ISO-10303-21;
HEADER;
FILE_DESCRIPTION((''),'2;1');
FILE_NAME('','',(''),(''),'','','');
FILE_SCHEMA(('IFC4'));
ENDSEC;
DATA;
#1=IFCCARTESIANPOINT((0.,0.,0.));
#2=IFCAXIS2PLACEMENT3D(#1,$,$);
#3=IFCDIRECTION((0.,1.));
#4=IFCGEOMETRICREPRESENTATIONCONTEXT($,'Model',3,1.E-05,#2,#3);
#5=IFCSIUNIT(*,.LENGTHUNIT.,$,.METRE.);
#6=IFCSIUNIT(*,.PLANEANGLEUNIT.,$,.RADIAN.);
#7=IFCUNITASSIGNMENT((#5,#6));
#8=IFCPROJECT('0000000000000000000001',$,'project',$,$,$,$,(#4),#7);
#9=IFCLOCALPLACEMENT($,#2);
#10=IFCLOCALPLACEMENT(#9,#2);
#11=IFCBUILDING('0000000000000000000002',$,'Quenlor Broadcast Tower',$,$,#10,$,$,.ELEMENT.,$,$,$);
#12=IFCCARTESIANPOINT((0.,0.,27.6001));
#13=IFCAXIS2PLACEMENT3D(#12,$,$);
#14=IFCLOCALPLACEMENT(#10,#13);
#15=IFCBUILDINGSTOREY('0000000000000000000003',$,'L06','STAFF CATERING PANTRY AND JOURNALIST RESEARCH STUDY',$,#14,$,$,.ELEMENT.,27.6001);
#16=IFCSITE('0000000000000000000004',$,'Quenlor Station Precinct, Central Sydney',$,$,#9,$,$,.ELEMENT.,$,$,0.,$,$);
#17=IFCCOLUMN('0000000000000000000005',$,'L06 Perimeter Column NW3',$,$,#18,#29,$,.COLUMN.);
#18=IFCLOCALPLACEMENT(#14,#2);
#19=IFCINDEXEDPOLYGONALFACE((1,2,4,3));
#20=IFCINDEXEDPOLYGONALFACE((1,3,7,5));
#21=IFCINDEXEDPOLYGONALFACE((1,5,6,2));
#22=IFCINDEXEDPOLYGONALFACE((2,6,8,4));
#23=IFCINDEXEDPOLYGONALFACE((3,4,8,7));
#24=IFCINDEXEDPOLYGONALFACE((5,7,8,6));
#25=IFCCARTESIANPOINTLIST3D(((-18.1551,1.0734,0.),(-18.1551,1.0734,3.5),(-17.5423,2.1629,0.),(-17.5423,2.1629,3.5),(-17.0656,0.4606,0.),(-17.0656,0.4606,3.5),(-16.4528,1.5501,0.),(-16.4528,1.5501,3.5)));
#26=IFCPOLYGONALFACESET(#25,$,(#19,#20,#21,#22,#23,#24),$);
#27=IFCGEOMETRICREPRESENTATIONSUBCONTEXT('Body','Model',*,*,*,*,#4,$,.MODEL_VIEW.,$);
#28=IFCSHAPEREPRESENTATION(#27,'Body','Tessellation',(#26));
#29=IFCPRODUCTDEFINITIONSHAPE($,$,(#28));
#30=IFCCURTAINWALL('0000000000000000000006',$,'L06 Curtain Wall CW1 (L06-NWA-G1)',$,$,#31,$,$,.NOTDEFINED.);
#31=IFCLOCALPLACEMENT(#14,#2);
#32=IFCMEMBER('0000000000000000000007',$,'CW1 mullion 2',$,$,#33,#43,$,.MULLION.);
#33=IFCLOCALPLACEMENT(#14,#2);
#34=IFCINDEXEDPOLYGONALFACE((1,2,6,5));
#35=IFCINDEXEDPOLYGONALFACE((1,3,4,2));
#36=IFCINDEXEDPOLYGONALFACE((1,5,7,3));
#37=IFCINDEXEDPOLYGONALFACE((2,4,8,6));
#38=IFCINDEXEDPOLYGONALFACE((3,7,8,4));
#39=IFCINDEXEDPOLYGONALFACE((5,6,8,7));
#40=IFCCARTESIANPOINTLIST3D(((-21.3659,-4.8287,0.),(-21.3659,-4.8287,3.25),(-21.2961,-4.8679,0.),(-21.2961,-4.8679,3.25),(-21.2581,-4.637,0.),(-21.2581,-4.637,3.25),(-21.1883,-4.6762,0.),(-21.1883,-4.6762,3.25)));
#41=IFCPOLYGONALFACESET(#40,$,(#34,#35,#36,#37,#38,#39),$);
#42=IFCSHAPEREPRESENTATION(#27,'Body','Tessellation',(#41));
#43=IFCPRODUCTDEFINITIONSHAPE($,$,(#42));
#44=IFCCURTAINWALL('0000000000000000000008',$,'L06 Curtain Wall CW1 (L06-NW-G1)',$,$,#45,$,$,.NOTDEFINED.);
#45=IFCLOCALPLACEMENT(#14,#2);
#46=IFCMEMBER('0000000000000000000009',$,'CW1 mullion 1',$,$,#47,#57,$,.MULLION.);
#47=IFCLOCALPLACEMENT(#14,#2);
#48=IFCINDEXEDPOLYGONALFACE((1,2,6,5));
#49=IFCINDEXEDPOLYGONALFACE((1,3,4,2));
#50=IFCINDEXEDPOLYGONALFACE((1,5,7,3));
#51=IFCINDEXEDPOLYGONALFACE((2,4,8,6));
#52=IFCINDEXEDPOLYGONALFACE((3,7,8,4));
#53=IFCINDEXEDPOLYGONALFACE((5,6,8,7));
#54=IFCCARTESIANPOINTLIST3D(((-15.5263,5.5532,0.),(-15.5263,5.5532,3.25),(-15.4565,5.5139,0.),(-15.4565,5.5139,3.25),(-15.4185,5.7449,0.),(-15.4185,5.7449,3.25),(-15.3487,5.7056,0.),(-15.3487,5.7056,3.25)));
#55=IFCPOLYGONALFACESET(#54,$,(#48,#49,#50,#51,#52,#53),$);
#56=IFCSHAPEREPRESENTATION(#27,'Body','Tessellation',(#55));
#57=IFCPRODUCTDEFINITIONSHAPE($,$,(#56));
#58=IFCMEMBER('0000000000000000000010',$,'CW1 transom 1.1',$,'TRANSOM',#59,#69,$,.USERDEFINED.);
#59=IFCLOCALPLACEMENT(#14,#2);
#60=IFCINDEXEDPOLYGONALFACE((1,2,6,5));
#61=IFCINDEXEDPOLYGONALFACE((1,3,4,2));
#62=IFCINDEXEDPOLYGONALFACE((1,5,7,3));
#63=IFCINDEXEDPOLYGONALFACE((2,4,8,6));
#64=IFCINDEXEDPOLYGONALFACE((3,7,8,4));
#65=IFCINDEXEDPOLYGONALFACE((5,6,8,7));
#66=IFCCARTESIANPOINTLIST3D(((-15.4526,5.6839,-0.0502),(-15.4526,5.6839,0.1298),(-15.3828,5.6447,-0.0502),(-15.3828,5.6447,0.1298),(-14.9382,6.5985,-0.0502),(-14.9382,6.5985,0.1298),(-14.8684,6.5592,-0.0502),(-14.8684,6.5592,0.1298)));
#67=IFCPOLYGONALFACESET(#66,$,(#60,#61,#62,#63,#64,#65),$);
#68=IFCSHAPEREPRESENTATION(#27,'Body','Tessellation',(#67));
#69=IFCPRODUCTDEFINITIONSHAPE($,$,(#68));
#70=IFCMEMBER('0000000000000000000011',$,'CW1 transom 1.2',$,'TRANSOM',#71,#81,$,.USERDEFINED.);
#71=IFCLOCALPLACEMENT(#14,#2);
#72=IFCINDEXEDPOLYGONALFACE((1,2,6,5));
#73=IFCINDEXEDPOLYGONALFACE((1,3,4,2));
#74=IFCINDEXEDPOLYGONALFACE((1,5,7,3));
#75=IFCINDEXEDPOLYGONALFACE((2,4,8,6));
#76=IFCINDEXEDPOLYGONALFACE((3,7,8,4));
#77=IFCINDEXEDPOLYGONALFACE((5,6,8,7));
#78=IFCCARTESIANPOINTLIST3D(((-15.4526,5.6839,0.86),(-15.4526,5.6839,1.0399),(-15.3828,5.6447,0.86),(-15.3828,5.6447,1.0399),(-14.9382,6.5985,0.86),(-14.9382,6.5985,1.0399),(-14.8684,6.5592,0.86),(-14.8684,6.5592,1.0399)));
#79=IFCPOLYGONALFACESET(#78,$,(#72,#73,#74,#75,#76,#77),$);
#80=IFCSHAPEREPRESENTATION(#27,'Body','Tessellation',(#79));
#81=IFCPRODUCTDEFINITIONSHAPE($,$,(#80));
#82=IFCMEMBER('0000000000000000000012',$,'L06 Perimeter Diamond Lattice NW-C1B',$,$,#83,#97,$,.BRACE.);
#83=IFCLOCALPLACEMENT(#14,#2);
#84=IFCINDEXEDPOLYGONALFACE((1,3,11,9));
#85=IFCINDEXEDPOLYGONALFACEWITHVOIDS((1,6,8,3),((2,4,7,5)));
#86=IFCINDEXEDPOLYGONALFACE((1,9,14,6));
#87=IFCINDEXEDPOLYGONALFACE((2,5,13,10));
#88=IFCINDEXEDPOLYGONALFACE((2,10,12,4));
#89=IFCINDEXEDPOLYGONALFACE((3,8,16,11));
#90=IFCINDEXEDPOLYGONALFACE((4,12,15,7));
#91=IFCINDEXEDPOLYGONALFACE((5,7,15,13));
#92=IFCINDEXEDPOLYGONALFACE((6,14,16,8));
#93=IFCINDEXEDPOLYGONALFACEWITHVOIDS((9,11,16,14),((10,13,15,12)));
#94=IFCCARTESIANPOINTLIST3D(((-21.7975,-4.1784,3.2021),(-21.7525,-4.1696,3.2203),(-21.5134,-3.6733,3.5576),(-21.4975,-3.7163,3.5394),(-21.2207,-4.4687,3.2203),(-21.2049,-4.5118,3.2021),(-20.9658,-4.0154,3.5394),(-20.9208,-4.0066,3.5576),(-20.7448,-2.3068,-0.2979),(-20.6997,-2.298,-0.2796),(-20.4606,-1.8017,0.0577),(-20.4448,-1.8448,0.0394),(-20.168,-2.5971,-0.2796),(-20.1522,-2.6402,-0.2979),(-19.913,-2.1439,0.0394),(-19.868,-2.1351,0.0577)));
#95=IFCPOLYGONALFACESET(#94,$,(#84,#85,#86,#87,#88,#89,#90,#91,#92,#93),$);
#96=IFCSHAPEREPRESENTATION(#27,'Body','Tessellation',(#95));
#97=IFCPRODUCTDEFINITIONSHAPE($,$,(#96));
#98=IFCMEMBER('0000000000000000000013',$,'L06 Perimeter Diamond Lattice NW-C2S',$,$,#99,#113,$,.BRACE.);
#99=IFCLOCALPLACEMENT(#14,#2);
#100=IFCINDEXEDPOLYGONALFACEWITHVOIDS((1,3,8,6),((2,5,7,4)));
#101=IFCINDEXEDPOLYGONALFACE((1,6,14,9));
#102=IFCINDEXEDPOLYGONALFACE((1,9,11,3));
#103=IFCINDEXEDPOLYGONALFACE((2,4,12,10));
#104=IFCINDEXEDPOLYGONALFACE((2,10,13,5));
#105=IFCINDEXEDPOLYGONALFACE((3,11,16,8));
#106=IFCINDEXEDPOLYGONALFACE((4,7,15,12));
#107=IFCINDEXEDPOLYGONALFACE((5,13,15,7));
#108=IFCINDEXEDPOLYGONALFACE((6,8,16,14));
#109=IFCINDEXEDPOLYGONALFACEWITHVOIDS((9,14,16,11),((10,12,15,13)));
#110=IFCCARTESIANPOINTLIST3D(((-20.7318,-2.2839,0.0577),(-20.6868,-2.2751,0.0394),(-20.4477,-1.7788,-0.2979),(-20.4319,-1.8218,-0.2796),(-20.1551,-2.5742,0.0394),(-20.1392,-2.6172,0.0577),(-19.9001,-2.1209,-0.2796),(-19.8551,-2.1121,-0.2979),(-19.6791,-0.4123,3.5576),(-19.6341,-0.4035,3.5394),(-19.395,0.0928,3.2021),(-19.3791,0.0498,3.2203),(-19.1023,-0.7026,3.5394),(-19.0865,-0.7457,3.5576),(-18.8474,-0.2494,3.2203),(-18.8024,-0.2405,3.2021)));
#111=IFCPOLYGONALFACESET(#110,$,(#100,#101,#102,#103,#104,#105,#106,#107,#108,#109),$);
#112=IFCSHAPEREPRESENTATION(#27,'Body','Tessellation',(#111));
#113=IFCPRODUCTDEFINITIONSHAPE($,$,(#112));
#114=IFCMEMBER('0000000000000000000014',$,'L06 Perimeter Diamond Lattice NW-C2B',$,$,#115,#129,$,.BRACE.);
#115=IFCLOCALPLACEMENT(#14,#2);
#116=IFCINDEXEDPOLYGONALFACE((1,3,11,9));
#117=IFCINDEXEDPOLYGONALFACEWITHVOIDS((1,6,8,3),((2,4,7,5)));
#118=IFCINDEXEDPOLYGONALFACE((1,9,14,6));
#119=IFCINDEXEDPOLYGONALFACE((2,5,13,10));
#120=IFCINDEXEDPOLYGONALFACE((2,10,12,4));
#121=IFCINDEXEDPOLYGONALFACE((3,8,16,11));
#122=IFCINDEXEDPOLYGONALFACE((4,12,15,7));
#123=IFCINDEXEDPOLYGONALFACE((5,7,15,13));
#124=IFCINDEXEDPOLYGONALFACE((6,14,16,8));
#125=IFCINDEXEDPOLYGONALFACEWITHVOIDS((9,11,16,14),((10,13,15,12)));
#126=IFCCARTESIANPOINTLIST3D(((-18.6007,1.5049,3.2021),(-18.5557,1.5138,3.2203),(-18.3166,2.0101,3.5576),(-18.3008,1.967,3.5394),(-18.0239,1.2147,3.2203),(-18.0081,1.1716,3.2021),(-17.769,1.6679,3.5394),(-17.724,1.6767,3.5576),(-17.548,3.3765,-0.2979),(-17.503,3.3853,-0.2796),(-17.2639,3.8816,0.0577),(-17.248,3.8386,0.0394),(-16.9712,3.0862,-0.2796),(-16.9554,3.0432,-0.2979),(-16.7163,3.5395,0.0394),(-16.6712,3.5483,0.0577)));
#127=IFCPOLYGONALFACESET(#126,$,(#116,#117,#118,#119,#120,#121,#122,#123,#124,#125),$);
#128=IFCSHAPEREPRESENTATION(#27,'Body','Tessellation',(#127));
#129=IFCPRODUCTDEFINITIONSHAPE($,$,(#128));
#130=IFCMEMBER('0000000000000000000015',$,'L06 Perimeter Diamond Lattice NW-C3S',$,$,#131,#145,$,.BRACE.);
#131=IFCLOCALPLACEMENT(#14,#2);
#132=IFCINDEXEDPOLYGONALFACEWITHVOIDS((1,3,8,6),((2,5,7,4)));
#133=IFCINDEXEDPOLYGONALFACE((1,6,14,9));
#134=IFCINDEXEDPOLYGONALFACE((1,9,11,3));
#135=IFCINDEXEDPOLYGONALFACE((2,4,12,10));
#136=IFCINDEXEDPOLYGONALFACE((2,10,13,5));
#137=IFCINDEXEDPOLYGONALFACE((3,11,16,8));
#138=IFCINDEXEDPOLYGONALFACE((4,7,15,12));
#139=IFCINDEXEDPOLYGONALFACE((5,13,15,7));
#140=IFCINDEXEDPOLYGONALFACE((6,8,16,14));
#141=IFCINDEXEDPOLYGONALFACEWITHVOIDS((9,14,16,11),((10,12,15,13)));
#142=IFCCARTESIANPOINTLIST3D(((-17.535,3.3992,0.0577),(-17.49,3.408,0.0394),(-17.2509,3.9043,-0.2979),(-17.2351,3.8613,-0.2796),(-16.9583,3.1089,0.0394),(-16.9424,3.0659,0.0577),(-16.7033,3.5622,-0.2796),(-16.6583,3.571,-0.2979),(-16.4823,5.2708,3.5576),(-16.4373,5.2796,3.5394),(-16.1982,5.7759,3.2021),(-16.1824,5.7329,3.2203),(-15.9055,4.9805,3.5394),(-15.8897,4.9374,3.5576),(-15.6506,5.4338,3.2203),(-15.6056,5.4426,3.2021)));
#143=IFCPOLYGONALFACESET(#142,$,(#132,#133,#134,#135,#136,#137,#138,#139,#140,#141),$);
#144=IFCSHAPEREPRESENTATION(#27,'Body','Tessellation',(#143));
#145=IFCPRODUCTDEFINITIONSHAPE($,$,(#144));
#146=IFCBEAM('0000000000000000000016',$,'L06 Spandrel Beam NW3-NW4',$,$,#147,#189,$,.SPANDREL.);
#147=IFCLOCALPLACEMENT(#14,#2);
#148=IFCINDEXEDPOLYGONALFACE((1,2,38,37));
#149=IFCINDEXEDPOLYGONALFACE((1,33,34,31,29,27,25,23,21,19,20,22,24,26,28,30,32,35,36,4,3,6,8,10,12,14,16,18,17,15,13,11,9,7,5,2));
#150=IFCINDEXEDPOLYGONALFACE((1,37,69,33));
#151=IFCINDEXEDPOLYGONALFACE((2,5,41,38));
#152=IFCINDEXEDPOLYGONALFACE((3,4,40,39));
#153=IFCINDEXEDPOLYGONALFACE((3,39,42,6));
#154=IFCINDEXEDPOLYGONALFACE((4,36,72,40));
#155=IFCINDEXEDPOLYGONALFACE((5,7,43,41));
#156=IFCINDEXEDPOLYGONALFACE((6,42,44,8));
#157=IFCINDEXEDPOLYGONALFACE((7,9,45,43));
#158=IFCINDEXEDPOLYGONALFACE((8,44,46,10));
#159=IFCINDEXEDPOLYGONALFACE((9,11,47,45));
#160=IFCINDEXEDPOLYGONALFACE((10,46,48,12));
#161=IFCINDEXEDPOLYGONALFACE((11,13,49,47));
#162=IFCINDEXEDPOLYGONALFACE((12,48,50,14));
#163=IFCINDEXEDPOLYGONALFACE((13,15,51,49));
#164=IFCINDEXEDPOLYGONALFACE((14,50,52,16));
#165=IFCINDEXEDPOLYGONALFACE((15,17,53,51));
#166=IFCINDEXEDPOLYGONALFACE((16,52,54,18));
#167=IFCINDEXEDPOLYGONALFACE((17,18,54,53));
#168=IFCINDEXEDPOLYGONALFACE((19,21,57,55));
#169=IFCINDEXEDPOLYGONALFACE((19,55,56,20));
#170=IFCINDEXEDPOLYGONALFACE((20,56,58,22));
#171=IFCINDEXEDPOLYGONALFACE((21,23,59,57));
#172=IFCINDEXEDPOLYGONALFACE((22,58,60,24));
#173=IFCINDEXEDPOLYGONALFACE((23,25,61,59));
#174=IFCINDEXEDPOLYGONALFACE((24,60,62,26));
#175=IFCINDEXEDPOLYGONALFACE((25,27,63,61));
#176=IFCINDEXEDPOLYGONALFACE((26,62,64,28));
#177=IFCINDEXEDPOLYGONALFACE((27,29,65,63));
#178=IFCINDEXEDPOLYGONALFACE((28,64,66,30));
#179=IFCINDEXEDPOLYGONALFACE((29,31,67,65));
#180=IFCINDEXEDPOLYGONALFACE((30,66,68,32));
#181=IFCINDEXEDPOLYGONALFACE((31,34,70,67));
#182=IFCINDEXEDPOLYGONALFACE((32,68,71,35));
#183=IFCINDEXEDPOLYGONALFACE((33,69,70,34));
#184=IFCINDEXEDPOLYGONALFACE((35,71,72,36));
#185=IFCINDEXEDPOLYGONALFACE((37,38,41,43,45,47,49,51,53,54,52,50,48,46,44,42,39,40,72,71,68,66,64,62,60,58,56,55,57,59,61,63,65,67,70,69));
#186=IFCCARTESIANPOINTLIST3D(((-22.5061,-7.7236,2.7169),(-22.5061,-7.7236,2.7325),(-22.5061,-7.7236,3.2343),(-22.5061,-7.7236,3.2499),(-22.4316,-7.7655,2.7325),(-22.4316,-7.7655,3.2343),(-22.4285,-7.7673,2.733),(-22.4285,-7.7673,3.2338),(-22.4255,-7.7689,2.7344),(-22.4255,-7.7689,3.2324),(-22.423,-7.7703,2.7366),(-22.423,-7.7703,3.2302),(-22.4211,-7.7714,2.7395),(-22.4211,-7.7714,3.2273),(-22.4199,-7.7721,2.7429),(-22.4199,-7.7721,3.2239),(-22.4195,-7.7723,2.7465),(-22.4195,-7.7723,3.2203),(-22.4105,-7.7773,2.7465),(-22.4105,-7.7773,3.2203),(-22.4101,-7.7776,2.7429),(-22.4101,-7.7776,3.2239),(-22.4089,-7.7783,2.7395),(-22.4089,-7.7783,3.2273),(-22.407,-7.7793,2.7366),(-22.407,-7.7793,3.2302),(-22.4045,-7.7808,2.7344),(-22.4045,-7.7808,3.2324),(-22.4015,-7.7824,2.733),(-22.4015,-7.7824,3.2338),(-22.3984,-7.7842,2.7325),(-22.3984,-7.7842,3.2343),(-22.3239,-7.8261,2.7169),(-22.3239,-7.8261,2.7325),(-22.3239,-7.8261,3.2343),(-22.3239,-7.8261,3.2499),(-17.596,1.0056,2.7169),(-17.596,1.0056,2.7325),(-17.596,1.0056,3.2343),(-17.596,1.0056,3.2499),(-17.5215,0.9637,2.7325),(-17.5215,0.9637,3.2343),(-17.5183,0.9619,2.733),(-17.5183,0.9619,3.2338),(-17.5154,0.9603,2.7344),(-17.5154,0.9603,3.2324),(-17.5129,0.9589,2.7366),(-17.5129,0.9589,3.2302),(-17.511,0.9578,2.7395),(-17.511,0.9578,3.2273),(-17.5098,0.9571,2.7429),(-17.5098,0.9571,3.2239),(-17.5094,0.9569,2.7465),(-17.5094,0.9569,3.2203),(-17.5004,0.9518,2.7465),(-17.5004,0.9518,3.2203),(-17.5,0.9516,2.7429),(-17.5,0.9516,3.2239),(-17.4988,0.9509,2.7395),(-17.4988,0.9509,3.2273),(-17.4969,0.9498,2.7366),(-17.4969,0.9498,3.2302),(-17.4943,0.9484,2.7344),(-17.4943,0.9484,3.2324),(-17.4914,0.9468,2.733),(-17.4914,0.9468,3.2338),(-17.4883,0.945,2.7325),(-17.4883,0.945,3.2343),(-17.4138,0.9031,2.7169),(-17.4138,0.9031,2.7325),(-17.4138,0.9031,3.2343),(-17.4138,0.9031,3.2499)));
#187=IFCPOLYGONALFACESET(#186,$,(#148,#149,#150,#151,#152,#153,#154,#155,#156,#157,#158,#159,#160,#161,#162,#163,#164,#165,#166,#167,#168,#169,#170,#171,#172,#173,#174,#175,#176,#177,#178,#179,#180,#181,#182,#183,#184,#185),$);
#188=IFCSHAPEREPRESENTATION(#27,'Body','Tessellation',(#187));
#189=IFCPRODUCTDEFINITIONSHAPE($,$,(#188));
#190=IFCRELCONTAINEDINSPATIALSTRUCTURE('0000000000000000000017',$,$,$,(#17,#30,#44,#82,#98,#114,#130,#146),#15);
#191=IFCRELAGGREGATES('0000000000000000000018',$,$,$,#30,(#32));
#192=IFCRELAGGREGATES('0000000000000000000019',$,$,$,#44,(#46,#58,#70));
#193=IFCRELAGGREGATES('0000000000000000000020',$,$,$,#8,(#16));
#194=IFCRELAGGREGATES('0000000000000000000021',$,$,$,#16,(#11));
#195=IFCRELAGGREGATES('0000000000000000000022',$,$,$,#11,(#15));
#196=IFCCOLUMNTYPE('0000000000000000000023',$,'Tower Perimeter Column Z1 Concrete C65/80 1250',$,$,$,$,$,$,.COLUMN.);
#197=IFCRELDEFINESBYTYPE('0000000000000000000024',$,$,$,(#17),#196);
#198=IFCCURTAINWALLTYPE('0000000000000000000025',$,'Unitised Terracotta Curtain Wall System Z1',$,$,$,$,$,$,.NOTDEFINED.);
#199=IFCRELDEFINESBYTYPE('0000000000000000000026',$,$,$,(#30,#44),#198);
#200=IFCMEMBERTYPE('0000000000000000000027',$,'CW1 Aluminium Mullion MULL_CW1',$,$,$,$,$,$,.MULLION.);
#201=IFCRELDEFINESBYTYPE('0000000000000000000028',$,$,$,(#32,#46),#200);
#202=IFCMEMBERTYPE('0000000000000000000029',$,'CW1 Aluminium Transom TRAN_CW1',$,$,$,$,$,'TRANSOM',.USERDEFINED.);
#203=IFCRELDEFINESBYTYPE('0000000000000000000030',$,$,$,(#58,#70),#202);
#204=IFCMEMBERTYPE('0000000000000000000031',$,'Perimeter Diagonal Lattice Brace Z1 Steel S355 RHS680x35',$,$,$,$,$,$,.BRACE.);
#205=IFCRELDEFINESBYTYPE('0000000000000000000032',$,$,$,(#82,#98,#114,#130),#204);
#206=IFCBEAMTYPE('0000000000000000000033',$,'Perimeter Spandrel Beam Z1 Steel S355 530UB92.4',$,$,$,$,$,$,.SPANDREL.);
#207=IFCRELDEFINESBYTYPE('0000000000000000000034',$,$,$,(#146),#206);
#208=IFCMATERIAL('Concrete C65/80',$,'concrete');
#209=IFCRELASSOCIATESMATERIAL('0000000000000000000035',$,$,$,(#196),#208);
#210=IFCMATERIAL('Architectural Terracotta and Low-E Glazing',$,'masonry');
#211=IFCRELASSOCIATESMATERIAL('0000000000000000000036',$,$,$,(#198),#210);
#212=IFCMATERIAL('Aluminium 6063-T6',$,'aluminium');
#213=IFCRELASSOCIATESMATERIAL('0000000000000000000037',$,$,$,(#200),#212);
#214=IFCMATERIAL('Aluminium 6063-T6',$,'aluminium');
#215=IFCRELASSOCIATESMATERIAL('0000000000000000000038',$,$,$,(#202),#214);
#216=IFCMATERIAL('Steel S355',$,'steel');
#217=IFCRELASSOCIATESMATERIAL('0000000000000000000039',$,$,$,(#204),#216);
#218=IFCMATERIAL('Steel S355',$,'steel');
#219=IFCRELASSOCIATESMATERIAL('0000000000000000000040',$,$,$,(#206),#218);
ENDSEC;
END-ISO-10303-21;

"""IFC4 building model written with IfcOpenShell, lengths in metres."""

from ifc_helpers import new_model, si_unit, direction, frame, origin, origin_2d, place, context, subcontext, project, spatial, rectangle, hollow_rectangle, i_section, extrude, material, material_profile, profile_set, type_object, element, aggregate, save


model = new_model("IFC4")

# Units and contexts
model_context = context("Model", 3, precision=1e-05, world=origin(), true_north=direction((0.0, 1.0)))
body_context = subcontext(model_context, "Body", "Model", "MODEL_VIEW")
ifc_project = project(units=[si_unit("LENGTHUNIT", "METRE"), si_unit("PLANEANGLEUNIT", "RADIAN")], contexts=[model_context])

# Site, building, storey
site_placement = place(None, origin())
site = spatial("IfcSite", under=ifc_project, at=site_placement, Name="Quenlor Station Precinct, Central Sydney", CompositionType="ELEMENT", RefElevation=0.0)
building_placement = place(site_placement, origin())
building = spatial("IfcBuilding", under=site, at=building_placement, Name="Quenlor Broadcast Tower", CompositionType="ELEMENT")
storey_placement = place(building_placement, frame((0.0, 0.0, 27.6001)))
storey = spatial("IfcBuildingStorey", under=building, at=storey_placement, Name="L06", Description="STAFF CATERING PANTRY AND JOURNALIST RESEARCH STUDY", CompositionType="ELEMENT", Elevation=27.6001)

# Column
ifc_material_1 = material(Name="Concrete C65/80", Category="concrete")
ifc_material_profile_1 = material_profile(ifc_material_1, rectangle(XDim=1.25, YDim=1.25, at=origin_2d()))
ifc_profile_set_1 = profile_set([ifc_material_profile_1], Name="Concrete C65/80 RC1250x1250")
column_type = type_object("IfcColumnType", Name="Tower Perimeter Column Z1 Concrete C65/80 1250", PredefinedType="COLUMN", material=ifc_profile_set_1)
column_placement = place(storey_placement, frame((-17.304, 1.3118, 0.0), z_axis=(0.0, 0.0, 1.0), x_axis=(-0.871575, 0.490262, 0.0)))
element("IfcColumn", 1, at=column_placement, inside=storey, type_object=column_type, Name="L06 Perimeter Column NW3", PredefinedType="COLUMN", context=body_context, shape_type="SweptSolid", body=[
    extrude(rectangle(XDim=1.25, YDim=1.25, at=origin_2d()), origin(), (0.0, 0.0, 1.0), 3.5),
])

# Curtain wall, member
ifc_material_2 = material(Name="Architectural Terracotta and Low-E Glazing", Category="masonry")
curtain_wall_type = type_object("IfcCurtainWallType", Name="Unitised Terracotta Curtain Wall System Z1", PredefinedType="NOTDEFINED", material=ifc_material_2)
curtain_wall_1_placement = place(storey_placement, origin())
curtain_wall_1 = element("IfcCurtainWall", 2, at=curtain_wall_1_placement, inside=storey, type_object=curtain_wall_type, Name="L06 Curtain Wall CW1 (L06-NWA-G1)", PredefinedType="NOTDEFINED")
ifc_material_3 = material(Name="Aluminium 6063-T6", Category="aluminium")
ifc_material_profile_2 = material_profile(ifc_material_3, rectangle(XDim=0.0801, YDim=0.22, at=origin_2d()))
ifc_profile_set_2 = profile_set([ifc_material_profile_2], Name="Aluminium 6063-T6 MULL80x220")
member_type_1 = type_object("IfcMemberType", Name="CW1 Aluminium Mullion MULL_CW1", PredefinedType="MULLION", material=ifc_profile_set_2)
member_1_placement = place(storey_placement, frame((-21.2771, -4.7524, 0.0), z_axis=(0.0, 0.0, 1.0), x_axis=(-0.871567, 0.490277, 0.0)))
member_1 = element("IfcMember", 3, at=member_1_placement, type_object=member_type_1, Name="CW1 mullion 2", PredefinedType="MULLION", context=body_context, shape_type="SweptSolid", body=[
    extrude(rectangle(XDim=0.0801, YDim=0.22, at=origin_2d()), origin(), (0.0, 0.0, 1.0), 3.25),
])
aggregate(curtain_wall_1, [member_1])

# Curtain wall, members
curtain_wall_2_placement = place(storey_placement, origin())
curtain_wall_2 = element("IfcCurtainWall", 4, at=curtain_wall_2_placement, inside=storey, type_object=curtain_wall_type, Name="L06 Curtain Wall CW1 (L06-NW-G1)", PredefinedType="NOTDEFINED")
member_2_placement = place(storey_placement, frame((-15.4375, 5.6294, 0.0), z_axis=(0.0, 0.0, 1.0), x_axis=(-0.871567, 0.490277, 0.0)))
member_2 = element("IfcMember", 5, at=member_2_placement, type_object=member_type_1, Name="CW1 mullion 1", PredefinedType="MULLION", context=body_context, shape_type="SweptSolid", body=[
    extrude(rectangle(XDim=0.0801, YDim=0.22, at=origin_2d()), origin(), (0.0, 0.0, 1.0), 3.25),
])
ifc_material_4 = material(Name="Aluminium 6063-T6", Category="aluminium")
ifc_material_profile_3 = material_profile(ifc_material_4, rectangle(XDim=0.0801, YDim=0.1799, at=origin_2d()))
ifc_profile_set_3 = profile_set([ifc_material_profile_3], Name="Aluminium 6063-T6 TRAN80x180")
member_type_2 = type_object("IfcMemberType", Name="CW1 Aluminium Transom TRAN_CW1", ElementType="TRANSOM", PredefinedType="USERDEFINED", material=ifc_profile_set_3)
member_3_placement = place(storey_placement, frame((-15.4177, 5.6643, 0.0398), z_axis=(0.490239, 0.871588, 0.0), x_axis=(-0.871588, 0.490239, 0.0)))
member_3 = element("IfcMember", 6, at=member_3_placement, type_object=member_type_2, Name="CW1 transom 1.1", ObjectType="TRANSOM", PredefinedType="USERDEFINED", context=body_context, shape_type="SweptSolid", body=[
    extrude(rectangle(XDim=0.0801, YDim=0.1799, at=origin_2d()), origin(), (0.0, 0.0, 1.0), 1.0493),
])
member_4_placement = place(storey_placement, frame((-15.4177, 5.6643, 0.95), z_axis=(0.490239, 0.871588, 0.0), x_axis=(-0.871588, 0.490239, 0.0)))
member_4 = element("IfcMember", 7, at=member_4_placement, type_object=member_type_2, Name="CW1 transom 1.2", ObjectType="TRANSOM", PredefinedType="USERDEFINED", context=body_context, shape_type="SweptSolid", body=[
    extrude(rectangle(XDim=0.0801, YDim=0.1799, at=origin_2d()), origin(), (0.0, 0.0, 1.0), 1.0493),
])
aggregate(curtain_wall_2, [member_2, member_3, member_4])

# Members
ifc_material_5 = material(Name="Steel S355", Category="steel")
ifc_material_profile_4 = material_profile(ifc_material_5, hollow_rectangle(XDim=0.6799, YDim=0.6799, WallThickness=0.0349, at=origin_2d()))
ifc_profile_set_4 = profile_set([ifc_material_profile_4], Name="Steel S355 RHS680x680x35")
member_type_3 = type_object("IfcMemberType", Name="Perimeter Diagonal Lattice Brace Z1 Steel S355 RHS680x35", PredefinedType="BRACE", material=ifc_profile_set_4)
for number, where, z_axis, x_axis, name in (
    (8, (-20.3064, -2.2209, -0.1201), (-0.256375, -0.455792, 0.852365), (0.871582, -0.49025, 0.0), "L06 Perimeter Diamond Lattice NW-C1B"),
    (9, (-20.2935, -2.198, -0.1201), (0.256375, 0.455792, 0.852365), (-0.871582, 0.49025, 0.0), "L06 Perimeter Diamond Lattice NW-C2S"),
    (10, (-17.1096, 3.4624, -0.1201), (-0.256375, -0.455792, 0.852365), (0.871582, -0.49025, 0.0), "L06 Perimeter Diamond Lattice NW-C2B"),
    (11, (-17.0967, 3.4851, -0.1201), (0.256375, 0.455792, 0.852365), (-0.871582, 0.49025, 0.0), "L06 Perimeter Diamond Lattice NW-C3S"),
):
    element("IfcMember", number, at=place(storey_placement, frame(where, z_axis=z_axis, x_axis=x_axis)), inside=storey, type_object=member_type_3, Name=name, PredefinedType="BRACE", context=body_context, shape_type="SweptSolid", body=[
        extrude(hollow_rectangle(XDim=0.6799, YDim=0.6799, WallThickness=0.0349, at=origin_2d()), origin(), (0.0, 0.0, 1.0), 4.1062),
    ])

# Beam
ifc_material_6 = material(Name="Steel S355", Category="steel")
ifc_material_profile_5 = material_profile(ifc_material_6, i_section(OverallWidth=0.209, OverallDepth=0.533, WebThickness=0.0103, FlangeThickness=0.0156, FilletRadius=0.0139, at=origin_2d()))
ifc_profile_set_5 = profile_set([ifc_material_profile_5], Name="Steel S355 530UB92.4")
beam_type_1 = type_object("IfcBeamType", Name="Perimeter Spandrel Beam Z1 Steel S355 530UB92.4", PredefinedType="SPANDREL", material=ifc_profile_set_5)
beam_1_placement = place(storey_placement, frame((-17.5049, 0.9543, 2.9834), z_axis=(-0.490258, -0.871577, 0.0), x_axis=(0.871577, -0.490258, 0.0)))
element("IfcBeam", 12, at=beam_1_placement, inside=storey, type_object=beam_type_1, Name="L06 Spandrel Beam NW3-NW4", PredefinedType="SPANDREL", context=body_context, shape_type="SweptSolid", body=[
    extrude(i_section(OverallWidth=0.209, OverallDepth=0.533, WebThickness=0.0103, FlangeThickness=0.0156, FilletRadius=0.0139, at=origin_2d()), origin(), (0.0, 0.0, 1.0), 10.0154),
])

save(model, "model.ifc")
